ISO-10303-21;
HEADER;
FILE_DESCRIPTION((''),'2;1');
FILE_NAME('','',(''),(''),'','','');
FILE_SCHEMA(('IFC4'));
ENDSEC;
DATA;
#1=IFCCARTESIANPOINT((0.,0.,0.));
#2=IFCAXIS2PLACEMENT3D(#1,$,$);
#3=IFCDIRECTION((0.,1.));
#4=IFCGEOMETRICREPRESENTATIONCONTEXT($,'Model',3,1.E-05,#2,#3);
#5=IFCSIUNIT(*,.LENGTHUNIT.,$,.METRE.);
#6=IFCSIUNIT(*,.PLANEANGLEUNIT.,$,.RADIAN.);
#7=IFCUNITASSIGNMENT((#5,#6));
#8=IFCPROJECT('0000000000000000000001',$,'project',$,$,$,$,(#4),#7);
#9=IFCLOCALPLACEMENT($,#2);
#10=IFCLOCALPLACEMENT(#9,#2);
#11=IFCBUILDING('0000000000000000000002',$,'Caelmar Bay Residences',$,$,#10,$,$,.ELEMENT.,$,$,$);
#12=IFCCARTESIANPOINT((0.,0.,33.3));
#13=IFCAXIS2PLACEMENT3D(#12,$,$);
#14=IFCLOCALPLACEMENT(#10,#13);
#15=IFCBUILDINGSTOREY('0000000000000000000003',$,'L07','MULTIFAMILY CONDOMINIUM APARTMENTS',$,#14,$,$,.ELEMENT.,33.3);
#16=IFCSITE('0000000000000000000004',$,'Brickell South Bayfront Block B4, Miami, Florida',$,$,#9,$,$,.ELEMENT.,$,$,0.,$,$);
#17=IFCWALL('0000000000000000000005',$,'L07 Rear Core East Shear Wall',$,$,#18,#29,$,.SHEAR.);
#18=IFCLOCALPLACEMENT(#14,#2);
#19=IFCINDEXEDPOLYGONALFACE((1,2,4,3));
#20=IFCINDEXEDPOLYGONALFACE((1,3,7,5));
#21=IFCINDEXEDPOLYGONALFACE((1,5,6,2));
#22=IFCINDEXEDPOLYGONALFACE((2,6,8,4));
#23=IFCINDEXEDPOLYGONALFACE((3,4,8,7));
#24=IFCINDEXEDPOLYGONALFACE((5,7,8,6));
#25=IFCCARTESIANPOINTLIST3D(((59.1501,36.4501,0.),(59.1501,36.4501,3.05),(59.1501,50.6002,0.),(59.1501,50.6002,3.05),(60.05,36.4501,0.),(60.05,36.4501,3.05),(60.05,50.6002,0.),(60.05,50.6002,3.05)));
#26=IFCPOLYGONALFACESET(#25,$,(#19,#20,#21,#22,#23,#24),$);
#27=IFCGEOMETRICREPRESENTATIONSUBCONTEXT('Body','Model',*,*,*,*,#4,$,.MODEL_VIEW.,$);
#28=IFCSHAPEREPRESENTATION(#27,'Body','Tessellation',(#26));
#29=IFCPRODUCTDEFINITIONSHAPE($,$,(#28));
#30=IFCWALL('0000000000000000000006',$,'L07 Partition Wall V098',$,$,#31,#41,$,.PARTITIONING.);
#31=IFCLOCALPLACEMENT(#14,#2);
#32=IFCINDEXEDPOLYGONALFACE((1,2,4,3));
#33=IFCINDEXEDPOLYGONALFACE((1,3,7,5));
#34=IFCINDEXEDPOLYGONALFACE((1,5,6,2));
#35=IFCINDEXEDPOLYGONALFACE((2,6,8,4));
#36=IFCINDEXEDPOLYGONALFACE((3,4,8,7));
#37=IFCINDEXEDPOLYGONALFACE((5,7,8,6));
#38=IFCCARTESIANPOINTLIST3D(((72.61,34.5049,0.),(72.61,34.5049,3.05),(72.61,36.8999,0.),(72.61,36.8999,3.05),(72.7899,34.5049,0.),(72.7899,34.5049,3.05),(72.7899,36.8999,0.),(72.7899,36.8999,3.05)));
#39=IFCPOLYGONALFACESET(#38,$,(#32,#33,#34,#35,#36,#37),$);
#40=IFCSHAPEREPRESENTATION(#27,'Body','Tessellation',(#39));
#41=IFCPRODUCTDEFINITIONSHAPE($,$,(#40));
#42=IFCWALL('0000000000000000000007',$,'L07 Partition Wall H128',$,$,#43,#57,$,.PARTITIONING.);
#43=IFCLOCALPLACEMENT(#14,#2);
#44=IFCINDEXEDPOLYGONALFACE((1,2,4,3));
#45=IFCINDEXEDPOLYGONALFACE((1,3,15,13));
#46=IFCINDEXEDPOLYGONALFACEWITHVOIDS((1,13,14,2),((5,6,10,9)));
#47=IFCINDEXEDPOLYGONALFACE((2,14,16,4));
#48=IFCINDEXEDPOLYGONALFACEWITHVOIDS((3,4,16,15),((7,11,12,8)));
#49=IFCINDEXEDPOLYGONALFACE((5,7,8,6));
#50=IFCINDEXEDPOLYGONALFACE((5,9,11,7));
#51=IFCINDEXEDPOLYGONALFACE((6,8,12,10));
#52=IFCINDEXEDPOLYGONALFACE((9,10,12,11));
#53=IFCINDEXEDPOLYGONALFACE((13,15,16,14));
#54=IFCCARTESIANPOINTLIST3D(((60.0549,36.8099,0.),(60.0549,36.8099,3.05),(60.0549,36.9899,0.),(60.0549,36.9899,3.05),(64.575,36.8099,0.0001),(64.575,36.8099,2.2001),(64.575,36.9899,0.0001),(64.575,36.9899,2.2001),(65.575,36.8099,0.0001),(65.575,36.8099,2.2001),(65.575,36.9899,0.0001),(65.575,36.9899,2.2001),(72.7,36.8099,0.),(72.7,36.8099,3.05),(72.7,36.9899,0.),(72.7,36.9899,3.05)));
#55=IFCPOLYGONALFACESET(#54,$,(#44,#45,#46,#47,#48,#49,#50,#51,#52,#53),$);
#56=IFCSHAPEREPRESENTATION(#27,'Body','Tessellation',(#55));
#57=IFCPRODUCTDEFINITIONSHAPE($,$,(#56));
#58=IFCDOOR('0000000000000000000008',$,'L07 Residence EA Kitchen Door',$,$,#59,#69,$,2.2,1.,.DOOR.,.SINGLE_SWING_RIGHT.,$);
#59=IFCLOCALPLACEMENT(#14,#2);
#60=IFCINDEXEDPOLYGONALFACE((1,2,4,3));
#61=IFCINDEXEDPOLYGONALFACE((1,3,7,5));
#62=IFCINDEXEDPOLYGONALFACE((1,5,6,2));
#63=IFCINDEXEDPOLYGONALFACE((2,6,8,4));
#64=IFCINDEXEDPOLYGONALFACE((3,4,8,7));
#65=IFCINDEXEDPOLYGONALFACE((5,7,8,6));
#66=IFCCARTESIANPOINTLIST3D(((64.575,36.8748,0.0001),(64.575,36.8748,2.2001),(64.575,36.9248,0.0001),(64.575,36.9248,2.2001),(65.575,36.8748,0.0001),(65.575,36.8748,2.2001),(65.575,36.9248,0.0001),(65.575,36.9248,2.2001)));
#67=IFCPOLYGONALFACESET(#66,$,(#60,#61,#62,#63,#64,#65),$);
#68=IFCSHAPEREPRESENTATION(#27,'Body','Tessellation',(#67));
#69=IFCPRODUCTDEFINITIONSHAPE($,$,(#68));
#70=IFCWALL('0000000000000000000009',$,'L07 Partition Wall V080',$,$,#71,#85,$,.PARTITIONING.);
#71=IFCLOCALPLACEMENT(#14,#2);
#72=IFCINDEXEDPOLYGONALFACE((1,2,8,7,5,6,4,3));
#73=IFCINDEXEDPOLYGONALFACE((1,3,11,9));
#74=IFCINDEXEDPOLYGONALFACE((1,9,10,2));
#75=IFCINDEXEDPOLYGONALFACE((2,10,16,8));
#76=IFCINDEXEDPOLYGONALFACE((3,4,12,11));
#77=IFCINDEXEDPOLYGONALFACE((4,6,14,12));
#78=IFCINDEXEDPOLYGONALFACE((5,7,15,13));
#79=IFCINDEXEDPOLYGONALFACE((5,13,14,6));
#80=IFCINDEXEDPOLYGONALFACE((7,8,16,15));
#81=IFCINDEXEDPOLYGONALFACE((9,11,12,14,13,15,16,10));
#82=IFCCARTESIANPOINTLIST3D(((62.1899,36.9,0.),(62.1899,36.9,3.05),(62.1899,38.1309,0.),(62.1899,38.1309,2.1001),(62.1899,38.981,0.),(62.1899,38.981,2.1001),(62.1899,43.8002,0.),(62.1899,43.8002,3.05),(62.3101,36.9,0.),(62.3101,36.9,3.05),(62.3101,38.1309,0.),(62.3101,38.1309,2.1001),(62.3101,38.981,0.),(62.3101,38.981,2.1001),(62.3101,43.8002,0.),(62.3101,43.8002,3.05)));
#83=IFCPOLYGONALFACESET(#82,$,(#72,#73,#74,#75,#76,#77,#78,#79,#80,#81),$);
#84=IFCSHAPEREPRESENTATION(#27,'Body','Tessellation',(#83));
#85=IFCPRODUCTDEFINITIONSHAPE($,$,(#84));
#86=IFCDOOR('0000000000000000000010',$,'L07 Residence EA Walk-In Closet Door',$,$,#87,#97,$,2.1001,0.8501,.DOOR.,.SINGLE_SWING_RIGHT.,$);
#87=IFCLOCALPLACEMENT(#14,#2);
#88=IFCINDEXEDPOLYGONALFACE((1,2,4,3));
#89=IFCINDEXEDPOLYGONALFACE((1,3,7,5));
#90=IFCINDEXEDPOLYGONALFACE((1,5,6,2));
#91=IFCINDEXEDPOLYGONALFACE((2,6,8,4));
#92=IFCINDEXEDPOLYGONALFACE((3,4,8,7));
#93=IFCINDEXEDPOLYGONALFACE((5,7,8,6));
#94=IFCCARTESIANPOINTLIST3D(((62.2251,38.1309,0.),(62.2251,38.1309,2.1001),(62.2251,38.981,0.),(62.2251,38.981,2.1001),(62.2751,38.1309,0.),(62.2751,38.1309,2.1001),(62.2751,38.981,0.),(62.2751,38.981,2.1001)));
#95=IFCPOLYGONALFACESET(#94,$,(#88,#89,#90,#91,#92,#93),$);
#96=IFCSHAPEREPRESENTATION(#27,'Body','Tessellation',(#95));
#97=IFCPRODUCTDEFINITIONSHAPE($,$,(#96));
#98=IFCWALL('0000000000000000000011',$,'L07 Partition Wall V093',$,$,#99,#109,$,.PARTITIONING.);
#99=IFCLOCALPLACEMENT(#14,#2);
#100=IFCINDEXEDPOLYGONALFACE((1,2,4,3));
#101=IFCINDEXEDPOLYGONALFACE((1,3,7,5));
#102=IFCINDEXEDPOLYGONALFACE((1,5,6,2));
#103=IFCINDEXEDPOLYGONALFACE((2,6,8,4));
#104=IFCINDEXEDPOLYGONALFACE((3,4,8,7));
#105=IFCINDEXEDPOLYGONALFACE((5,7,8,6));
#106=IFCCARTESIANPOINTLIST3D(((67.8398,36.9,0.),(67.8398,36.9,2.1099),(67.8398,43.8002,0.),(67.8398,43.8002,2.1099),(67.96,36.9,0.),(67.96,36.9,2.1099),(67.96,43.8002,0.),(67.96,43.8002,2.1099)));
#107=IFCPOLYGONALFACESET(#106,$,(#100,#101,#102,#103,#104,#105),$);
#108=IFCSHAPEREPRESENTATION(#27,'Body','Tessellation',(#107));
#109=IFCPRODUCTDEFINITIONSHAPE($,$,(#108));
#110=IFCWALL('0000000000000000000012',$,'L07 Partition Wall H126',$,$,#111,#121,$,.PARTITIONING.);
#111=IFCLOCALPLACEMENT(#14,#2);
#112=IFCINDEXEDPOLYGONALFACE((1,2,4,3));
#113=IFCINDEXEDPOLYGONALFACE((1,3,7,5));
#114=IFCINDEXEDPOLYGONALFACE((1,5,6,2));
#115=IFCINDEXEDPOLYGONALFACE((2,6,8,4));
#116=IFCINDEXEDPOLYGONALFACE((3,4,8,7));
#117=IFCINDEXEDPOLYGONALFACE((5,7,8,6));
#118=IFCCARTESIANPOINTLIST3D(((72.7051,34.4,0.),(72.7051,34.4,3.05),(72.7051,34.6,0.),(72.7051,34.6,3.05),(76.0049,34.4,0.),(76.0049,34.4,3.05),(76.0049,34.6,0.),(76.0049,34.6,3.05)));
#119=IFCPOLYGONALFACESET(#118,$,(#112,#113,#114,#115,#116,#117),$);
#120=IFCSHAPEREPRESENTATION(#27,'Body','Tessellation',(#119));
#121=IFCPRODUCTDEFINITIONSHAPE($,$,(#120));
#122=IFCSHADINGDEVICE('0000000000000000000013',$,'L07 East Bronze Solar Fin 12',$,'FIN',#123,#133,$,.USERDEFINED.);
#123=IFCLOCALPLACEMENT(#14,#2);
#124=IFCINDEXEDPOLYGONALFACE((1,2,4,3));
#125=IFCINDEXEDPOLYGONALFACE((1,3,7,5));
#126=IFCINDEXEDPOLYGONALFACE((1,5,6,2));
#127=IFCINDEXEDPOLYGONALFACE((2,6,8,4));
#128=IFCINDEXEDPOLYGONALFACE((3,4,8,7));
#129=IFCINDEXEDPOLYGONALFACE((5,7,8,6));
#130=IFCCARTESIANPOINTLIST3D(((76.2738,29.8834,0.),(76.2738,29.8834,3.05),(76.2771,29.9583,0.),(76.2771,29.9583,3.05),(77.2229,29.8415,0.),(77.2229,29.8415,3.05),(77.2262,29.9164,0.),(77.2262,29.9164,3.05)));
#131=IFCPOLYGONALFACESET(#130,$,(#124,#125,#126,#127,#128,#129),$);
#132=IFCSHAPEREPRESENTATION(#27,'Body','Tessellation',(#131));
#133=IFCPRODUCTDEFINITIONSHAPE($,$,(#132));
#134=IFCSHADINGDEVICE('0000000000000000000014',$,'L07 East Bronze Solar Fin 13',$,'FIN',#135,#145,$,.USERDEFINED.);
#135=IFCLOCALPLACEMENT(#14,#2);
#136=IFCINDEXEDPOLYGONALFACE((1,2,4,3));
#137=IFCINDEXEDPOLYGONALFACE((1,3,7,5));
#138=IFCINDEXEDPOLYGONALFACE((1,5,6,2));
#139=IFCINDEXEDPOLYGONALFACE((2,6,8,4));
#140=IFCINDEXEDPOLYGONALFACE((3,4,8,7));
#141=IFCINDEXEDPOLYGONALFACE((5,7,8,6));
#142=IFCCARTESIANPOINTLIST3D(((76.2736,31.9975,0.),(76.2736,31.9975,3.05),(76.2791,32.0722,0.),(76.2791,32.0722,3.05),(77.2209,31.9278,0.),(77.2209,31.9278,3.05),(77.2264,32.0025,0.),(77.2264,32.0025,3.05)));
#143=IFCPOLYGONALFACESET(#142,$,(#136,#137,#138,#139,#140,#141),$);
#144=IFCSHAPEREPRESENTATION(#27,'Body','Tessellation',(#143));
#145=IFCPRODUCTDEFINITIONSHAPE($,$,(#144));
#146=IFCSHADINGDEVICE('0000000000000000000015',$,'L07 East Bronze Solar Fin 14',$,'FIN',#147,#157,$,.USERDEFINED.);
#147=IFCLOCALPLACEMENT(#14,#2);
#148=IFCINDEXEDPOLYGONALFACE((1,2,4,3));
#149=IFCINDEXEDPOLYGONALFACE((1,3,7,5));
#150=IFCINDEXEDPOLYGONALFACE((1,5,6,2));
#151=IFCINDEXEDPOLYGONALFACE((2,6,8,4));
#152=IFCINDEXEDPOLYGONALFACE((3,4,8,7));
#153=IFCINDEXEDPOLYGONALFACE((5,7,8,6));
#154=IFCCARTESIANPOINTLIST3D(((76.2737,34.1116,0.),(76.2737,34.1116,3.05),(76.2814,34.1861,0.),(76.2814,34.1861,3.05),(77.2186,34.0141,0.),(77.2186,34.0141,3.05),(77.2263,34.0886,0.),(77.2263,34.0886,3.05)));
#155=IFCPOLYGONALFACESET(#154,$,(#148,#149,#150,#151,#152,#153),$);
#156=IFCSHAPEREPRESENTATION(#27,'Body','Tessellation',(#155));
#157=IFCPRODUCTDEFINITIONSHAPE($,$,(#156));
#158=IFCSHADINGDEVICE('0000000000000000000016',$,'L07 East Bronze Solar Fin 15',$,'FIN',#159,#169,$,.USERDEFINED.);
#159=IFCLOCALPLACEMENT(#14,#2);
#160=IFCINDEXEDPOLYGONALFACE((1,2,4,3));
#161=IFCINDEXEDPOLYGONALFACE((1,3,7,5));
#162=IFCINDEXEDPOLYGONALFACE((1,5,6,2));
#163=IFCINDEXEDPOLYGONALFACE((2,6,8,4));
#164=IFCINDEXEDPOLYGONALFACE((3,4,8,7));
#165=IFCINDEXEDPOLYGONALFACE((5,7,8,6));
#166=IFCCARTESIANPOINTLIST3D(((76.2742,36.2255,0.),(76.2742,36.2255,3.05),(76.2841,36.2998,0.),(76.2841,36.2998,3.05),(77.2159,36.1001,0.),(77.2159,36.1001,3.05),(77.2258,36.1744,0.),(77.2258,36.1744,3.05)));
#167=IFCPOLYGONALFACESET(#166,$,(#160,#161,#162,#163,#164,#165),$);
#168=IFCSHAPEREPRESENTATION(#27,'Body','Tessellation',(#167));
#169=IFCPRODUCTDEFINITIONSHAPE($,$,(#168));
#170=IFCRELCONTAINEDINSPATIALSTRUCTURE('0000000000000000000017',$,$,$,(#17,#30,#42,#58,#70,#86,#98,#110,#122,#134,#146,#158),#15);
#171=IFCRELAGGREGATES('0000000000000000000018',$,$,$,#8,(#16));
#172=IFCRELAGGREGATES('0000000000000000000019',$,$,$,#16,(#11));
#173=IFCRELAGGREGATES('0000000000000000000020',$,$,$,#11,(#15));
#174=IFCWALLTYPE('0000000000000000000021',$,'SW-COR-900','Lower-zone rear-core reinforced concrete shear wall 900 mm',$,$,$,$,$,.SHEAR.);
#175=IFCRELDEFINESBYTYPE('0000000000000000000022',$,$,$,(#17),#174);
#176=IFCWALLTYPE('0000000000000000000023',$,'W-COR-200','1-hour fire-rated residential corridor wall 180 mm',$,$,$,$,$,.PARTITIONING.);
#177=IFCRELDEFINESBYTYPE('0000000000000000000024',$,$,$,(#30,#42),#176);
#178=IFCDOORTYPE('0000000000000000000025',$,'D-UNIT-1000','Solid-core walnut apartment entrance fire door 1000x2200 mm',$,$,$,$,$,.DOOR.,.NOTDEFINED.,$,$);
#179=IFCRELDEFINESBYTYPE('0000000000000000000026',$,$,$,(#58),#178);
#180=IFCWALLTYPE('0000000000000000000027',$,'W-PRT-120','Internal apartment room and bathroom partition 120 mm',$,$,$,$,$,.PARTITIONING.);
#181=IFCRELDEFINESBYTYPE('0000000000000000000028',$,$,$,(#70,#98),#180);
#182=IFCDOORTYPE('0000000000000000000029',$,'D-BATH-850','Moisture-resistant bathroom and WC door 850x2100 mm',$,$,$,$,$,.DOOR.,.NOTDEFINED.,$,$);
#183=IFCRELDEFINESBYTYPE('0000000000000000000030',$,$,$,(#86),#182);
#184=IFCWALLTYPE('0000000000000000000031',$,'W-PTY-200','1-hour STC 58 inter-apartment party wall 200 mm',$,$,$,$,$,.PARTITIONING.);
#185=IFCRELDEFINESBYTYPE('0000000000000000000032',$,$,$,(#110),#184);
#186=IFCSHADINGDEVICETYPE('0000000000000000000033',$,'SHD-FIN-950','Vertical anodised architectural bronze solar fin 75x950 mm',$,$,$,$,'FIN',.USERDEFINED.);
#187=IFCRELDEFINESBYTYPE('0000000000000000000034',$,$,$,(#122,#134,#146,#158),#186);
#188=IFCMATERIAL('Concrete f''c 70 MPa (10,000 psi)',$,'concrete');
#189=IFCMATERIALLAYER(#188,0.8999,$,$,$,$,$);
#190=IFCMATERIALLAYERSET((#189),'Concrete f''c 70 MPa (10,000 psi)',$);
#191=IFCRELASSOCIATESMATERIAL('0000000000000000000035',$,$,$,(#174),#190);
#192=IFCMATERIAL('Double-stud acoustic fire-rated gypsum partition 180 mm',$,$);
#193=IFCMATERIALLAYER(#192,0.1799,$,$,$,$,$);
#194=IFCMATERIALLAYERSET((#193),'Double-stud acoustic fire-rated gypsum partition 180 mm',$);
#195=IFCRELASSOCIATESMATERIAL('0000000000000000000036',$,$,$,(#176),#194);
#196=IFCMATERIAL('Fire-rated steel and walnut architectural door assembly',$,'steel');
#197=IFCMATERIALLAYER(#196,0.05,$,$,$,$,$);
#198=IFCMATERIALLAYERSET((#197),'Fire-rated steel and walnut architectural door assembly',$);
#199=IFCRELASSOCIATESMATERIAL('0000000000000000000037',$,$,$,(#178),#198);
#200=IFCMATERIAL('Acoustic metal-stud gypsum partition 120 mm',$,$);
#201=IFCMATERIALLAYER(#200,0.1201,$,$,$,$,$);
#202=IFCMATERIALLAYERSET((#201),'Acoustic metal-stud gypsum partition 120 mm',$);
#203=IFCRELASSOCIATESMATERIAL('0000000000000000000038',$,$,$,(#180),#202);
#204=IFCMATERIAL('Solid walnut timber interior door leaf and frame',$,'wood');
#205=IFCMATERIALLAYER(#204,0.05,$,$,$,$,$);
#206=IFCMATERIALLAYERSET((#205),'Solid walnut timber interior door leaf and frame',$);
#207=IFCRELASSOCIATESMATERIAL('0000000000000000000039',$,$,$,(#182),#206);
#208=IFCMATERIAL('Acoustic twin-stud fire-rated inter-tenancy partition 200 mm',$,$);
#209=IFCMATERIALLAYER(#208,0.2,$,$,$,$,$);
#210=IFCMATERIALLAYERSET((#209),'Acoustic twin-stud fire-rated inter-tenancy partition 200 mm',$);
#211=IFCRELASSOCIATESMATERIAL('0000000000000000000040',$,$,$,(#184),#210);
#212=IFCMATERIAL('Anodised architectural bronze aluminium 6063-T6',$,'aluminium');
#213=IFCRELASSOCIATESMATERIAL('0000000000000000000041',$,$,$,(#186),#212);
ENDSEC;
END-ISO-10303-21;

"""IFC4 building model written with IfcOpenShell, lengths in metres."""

from ifc_helpers import new_model, si_unit, direction, frame, frame_2d, origin, origin_2d, place, context, subcontext, project, spatial, rectangle, extrude, material, layer, layer_set, material_profile, profile_set, type_object, element, fill, save


model = new_model("IFC4")

# Units and contexts
model_context = context("Model", 3, precision=1e-05, world=origin(), true_north=direction((0.0, 1.0)))
body_context = subcontext(model_context, "Body", "Model", "MODEL_VIEW")
ifc_project = project(units=[si_unit("LENGTHUNIT", "METRE"), si_unit("PLANEANGLEUNIT", "RADIAN")], contexts=[model_context])

# Site, building, storey
site_placement = place(None, origin())
site = spatial("IfcSite", under=ifc_project, at=site_placement, Name="Brickell South Bayfront Block B4, Miami, Florida", CompositionType="ELEMENT", RefElevation=0.0)
building_placement = place(site_placement, origin())
building = spatial("IfcBuilding", under=site, at=building_placement, Name="Caelmar Bay Residences", CompositionType="ELEMENT")
storey_placement = place(building_placement, frame((0.0, 0.0, 33.3)))
storey = spatial("IfcBuildingStorey", under=building, at=storey_placement, Name="L07", Description="MULTIFAMILY CONDOMINIUM APARTMENTS", CompositionType="ELEMENT", Elevation=33.3)

# Walls
ifc_material_1 = material(Name="Concrete f'c 70 MPa (10,000 psi)", Category="concrete")
ifc_layer_1 = layer(ifc_material_1, 0.8999)
ifc_layer_set_1 = layer_set([ifc_layer_1], Name="Concrete f'c 70 MPa (10,000 psi)")
wall_type_1 = type_object("IfcWallType", Name="SW-COR-900", Description="Lower-zone rear-core reinforced concrete shear wall 900 mm", PredefinedType="SHEAR", material=ifc_layer_set_1)
wall_1_placement = place(storey_placement, frame((59.6001, 36.45, 0.0), z_axis=(0.0, 0.0, 1.0), x_axis=(0.0, 1.0, 0.0)))
element("IfcWall", 1, at=wall_1_placement, inside=storey, type_object=wall_type_1, Name="L07 Rear Core East Shear Wall", PredefinedType="SHEAR", context=body_context, shape_type="SweptSolid", body=[
    extrude(rectangle(XDim=14.1501, YDim=0.8999, at=frame_2d((7.0752, 0.0))), origin(), (0.0, 0.0, 1.0), 3.05),
])
ifc_material_2 = material(Name="Double-stud acoustic fire-rated gypsum partition 180 mm")
ifc_layer_2 = layer(ifc_material_2, 0.1799)
ifc_layer_set_2 = layer_set([ifc_layer_2], Name="Double-stud acoustic fire-rated gypsum partition 180 mm")
wall_type_2 = type_object("IfcWallType", Name="W-COR-200", Description="1-hour fire-rated residential corridor wall 180 mm", PredefinedType="PARTITIONING", material=ifc_layer_set_2)
wall_2_placement = place(storey_placement, frame((72.7, 34.5049, 0.0), z_axis=(0.0, 0.0, 1.0), x_axis=(0.0, 1.0, 0.0)))
element("IfcWall", 2, at=wall_2_placement, inside=storey, type_object=wall_type_2, Name="L07 Partition Wall V098", PredefinedType="PARTITIONING", context=body_context, shape_type="SweptSolid", body=[
    extrude(rectangle(XDim=2.395, YDim=0.1799, at=frame_2d((1.1975, 0.0))), origin(), (0.0, 0.0, 1.0), 3.05),
])

# Walls, openings, doors
wall_3_placement = place(storey_placement, frame((60.0549, 36.8999, 0.0), z_axis=(0.0, 0.0, 1.0), x_axis=(1.0, 0.0, 0.0)))
wall_3 = element("IfcWall", 3, at=wall_3_placement, inside=storey, type_object=wall_type_2, Name="L07 Partition Wall H128", PredefinedType="PARTITIONING", context=body_context, shape_type="SweptSolid", body=[
    extrude(rectangle(XDim=12.645, YDim=0.1799, at=frame_2d((6.3225, 0.0))), origin(), (0.0, 0.0, 1.0), 3.05),
])
opening_1_placement = place(wall_3_placement, frame((4.52, 0.0, 0.0)))
opening_1 = element("IfcOpeningElement", 4, at=opening_1_placement, cuts=wall_3, PredefinedType="OPENING", context=body_context, shape_type="SweptSolid", body=[
    extrude(rectangle(XDim=1.0, YDim=2.2, at=frame_2d((0.5, 1.1001))), frame((0.0, 0.0999, 0.0), z_axis=(0.0, -1.0, 0.0), x_axis=(1.0, 0.0, 0.0)), (0.0, 0.0, 1.0), 0.2),
])
ifc_material_3 = material(Name="Fire-rated steel and walnut architectural door assembly", Category="steel")
ifc_layer_3 = layer(ifc_material_3, 0.05)
ifc_layer_set_3 = layer_set([ifc_layer_3], Name="Fire-rated steel and walnut architectural door assembly")
door_type_1 = type_object("IfcDoorType", Name="D-UNIT-1000", Description="Solid-core walnut apartment entrance fire door 1000x2200 mm", OperationType="NOTDEFINED", PredefinedType="DOOR", material=ifc_layer_set_3)
door_1_placement = place(opening_1_placement, origin())
door_1 = element("IfcDoor", 5, at=door_1_placement, inside=storey, type_object=door_type_1, Name="L07 Residence EA Kitchen Door", OperationType="SINGLE_SWING_RIGHT", OverallHeight=2.2, OverallWidth=1.0, PredefinedType="DOOR", context=body_context, shape_type="SweptSolid", body=[
    extrude(rectangle(XDim=1.0, YDim=2.2, at=frame_2d((0.5, 1.1001))), frame((0.0, 0.0249, 0.0), z_axis=(0.0, -1.0, 0.0), x_axis=(1.0, 0.0, 0.0)), (0.0, 0.0, 1.0), 0.05),
])
fill(opening_1, door_1)
ifc_material_4 = material(Name="Acoustic metal-stud gypsum partition 120 mm")
ifc_layer_4 = layer(ifc_material_4, 0.1201)
ifc_layer_set_4 = layer_set([ifc_layer_4], Name="Acoustic metal-stud gypsum partition 120 mm")
wall_type_3 = type_object("IfcWallType", Name="W-PRT-120", Description="Internal apartment room and bathroom partition 120 mm", PredefinedType="PARTITIONING", material=ifc_layer_set_4)
wall_4_placement = place(storey_placement, frame((62.25, 36.8999, 0.0), z_axis=(0.0, 0.0, 1.0), x_axis=(0.0, 1.0, 0.0)))
wall_4 = element("IfcWall", 6, at=wall_4_placement, inside=storey, type_object=wall_type_3, Name="L07 Partition Wall V080", PredefinedType="PARTITIONING", context=body_context, shape_type="SweptSolid", body=[
    extrude(rectangle(XDim=6.9001, YDim=0.1201, at=frame_2d((3.4502, 0.0))), origin(), (0.0, 0.0, 1.0), 3.05),
])
opening_2_placement = place(wall_4_placement, frame((1.231, 0.0, 0.0)))
opening_2 = element("IfcOpeningElement", 7, at=opening_2_placement, cuts=wall_4, PredefinedType="OPENING", context=body_context, shape_type="SweptSolid", body=[
    extrude(rectangle(XDim=0.8501, YDim=2.1001, at=frame_2d((0.425, 1.05))), frame((0.0, 0.0701, 0.0), z_axis=(0.0, -1.0, 0.0), x_axis=(1.0, 0.0, 0.0)), (0.0, 0.0, 1.0), 0.1401),
])
ifc_material_5 = material(Name="Solid walnut timber interior door leaf and frame", Category="wood")
ifc_layer_5 = layer(ifc_material_5, 0.05)
ifc_layer_set_5 = layer_set([ifc_layer_5], Name="Solid walnut timber interior door leaf and frame")
door_type_2 = type_object("IfcDoorType", Name="D-BATH-850", Description="Moisture-resistant bathroom and WC door 850x2100 mm", OperationType="NOTDEFINED", PredefinedType="DOOR", material=ifc_layer_set_5)
door_2_placement = place(opening_2_placement, origin())
door_2 = element("IfcDoor", 8, at=door_2_placement, inside=storey, type_object=door_type_2, Name="L07 Residence EA Walk-In Closet Door", OperationType="SINGLE_SWING_RIGHT", OverallHeight=2.1001, OverallWidth=0.8501, PredefinedType="DOOR", context=body_context, shape_type="SweptSolid", body=[
    extrude(rectangle(XDim=0.8501, YDim=2.1001, at=frame_2d((0.425, 1.05))), frame((0.0, 0.0249, 0.0), z_axis=(0.0, -1.0, 0.0), x_axis=(1.0, 0.0, 0.0)), (0.0, 0.0, 1.0), 0.05),
])
fill(opening_2, door_2)

# Walls
wall_5_placement = place(storey_placement, frame((67.8999, 36.8999, 0.0), z_axis=(0.0, 0.0, 1.0), x_axis=(0.0, 1.0, 0.0)))
element("IfcWall", 9, at=wall_5_placement, inside=storey, type_object=wall_type_3, Name="L07 Partition Wall V093", PredefinedType="PARTITIONING", context=body_context, shape_type="SweptSolid", body=[
    extrude(rectangle(XDim=6.9001, YDim=0.1201, at=frame_2d((3.4502, 0.0))), origin(), (0.0, 0.0, 1.0), 2.1099),
])
ifc_material_6 = material(Name="Acoustic twin-stud fire-rated inter-tenancy partition 200 mm")
ifc_layer_6 = layer(ifc_material_6, 0.2)
ifc_layer_set_6 = layer_set([ifc_layer_6], Name="Acoustic twin-stud fire-rated inter-tenancy partition 200 mm")
wall_type_4 = type_object("IfcWallType", Name="W-PTY-200", Description="1-hour STC 58 inter-apartment party wall 200 mm", PredefinedType="PARTITIONING", material=ifc_layer_set_6)
wall_6_placement = place(storey_placement, frame((72.7051, 34.5, 0.0), z_axis=(0.0, 0.0, 1.0), x_axis=(1.0, 0.0, 0.0)))
element("IfcWall", 10, at=wall_6_placement, inside=storey, type_object=wall_type_4, Name="L07 Partition Wall H126", PredefinedType="PARTITIONING", context=body_context, shape_type="SweptSolid", body=[
    extrude(rectangle(XDim=3.2998, YDim=0.2, at=frame_2d((1.6499, 0.0))), origin(), (0.0, 0.0, 1.0), 3.05),
])

# Shading devices
ifc_material_7 = material(Name="Anodised architectural bronze aluminium 6063-T6", Category="aluminium")
ifc_material_profile_1 = material_profile(ifc_material_7, rectangle(XDim=0.075, YDim=0.95, at=origin_2d()), Name="BRONZE-FIN-75X950")
ifc_profile_set_1 = profile_set([ifc_material_profile_1], Name="Anodised architectural bronze aluminium 6063-T6")
shading_device_type = type_object("IfcShadingDeviceType", Name="SHD-FIN-950", Description="Vertical anodised architectural bronze solar fin 75x950 mm", ElementType="FIN", PredefinedType="USERDEFINED", material=ifc_profile_set_1)
for number, where, z_axis, x_axis, name in (
    (11, (76.75, 29.8999, 0.0), (0.0, 0.0, 1.0), (0.044142, 0.999025, 0.0), "L07 East Bronze Solar Fin 12"),
    (12, (76.75, 32.0, 0.0), (0.0, 0.0, 1.0), (0.073412, 0.997302, 0.0), "L07 East Bronze Solar Fin 13"),
    (13, (76.75, 34.1001, 0.0), (0.0, 0.0, 1.0), (0.102619, 0.994721, 0.0), "L07 East Bronze Solar Fin 14"),
    (14, (76.75, 36.2, 0.0), (0.0, 0.0, 1.0), (0.13191, 0.991262, 0.0), "L07 East Bronze Solar Fin 15"),
):
    element("IfcShadingDevice", number, at=place(storey_placement, frame(where, z_axis=z_axis, x_axis=x_axis)), inside=storey, type_object=shading_device_type, Name=name, ObjectType="FIN", PredefinedType="USERDEFINED", context=body_context, shape_type="SweptSolid", body=[
        extrude(rectangle(XDim=0.075, YDim=0.95, at=origin_2d()), origin(), (0.0, 0.0, 1.0), 3.05),
    ])

save(model, "model.ifc")
